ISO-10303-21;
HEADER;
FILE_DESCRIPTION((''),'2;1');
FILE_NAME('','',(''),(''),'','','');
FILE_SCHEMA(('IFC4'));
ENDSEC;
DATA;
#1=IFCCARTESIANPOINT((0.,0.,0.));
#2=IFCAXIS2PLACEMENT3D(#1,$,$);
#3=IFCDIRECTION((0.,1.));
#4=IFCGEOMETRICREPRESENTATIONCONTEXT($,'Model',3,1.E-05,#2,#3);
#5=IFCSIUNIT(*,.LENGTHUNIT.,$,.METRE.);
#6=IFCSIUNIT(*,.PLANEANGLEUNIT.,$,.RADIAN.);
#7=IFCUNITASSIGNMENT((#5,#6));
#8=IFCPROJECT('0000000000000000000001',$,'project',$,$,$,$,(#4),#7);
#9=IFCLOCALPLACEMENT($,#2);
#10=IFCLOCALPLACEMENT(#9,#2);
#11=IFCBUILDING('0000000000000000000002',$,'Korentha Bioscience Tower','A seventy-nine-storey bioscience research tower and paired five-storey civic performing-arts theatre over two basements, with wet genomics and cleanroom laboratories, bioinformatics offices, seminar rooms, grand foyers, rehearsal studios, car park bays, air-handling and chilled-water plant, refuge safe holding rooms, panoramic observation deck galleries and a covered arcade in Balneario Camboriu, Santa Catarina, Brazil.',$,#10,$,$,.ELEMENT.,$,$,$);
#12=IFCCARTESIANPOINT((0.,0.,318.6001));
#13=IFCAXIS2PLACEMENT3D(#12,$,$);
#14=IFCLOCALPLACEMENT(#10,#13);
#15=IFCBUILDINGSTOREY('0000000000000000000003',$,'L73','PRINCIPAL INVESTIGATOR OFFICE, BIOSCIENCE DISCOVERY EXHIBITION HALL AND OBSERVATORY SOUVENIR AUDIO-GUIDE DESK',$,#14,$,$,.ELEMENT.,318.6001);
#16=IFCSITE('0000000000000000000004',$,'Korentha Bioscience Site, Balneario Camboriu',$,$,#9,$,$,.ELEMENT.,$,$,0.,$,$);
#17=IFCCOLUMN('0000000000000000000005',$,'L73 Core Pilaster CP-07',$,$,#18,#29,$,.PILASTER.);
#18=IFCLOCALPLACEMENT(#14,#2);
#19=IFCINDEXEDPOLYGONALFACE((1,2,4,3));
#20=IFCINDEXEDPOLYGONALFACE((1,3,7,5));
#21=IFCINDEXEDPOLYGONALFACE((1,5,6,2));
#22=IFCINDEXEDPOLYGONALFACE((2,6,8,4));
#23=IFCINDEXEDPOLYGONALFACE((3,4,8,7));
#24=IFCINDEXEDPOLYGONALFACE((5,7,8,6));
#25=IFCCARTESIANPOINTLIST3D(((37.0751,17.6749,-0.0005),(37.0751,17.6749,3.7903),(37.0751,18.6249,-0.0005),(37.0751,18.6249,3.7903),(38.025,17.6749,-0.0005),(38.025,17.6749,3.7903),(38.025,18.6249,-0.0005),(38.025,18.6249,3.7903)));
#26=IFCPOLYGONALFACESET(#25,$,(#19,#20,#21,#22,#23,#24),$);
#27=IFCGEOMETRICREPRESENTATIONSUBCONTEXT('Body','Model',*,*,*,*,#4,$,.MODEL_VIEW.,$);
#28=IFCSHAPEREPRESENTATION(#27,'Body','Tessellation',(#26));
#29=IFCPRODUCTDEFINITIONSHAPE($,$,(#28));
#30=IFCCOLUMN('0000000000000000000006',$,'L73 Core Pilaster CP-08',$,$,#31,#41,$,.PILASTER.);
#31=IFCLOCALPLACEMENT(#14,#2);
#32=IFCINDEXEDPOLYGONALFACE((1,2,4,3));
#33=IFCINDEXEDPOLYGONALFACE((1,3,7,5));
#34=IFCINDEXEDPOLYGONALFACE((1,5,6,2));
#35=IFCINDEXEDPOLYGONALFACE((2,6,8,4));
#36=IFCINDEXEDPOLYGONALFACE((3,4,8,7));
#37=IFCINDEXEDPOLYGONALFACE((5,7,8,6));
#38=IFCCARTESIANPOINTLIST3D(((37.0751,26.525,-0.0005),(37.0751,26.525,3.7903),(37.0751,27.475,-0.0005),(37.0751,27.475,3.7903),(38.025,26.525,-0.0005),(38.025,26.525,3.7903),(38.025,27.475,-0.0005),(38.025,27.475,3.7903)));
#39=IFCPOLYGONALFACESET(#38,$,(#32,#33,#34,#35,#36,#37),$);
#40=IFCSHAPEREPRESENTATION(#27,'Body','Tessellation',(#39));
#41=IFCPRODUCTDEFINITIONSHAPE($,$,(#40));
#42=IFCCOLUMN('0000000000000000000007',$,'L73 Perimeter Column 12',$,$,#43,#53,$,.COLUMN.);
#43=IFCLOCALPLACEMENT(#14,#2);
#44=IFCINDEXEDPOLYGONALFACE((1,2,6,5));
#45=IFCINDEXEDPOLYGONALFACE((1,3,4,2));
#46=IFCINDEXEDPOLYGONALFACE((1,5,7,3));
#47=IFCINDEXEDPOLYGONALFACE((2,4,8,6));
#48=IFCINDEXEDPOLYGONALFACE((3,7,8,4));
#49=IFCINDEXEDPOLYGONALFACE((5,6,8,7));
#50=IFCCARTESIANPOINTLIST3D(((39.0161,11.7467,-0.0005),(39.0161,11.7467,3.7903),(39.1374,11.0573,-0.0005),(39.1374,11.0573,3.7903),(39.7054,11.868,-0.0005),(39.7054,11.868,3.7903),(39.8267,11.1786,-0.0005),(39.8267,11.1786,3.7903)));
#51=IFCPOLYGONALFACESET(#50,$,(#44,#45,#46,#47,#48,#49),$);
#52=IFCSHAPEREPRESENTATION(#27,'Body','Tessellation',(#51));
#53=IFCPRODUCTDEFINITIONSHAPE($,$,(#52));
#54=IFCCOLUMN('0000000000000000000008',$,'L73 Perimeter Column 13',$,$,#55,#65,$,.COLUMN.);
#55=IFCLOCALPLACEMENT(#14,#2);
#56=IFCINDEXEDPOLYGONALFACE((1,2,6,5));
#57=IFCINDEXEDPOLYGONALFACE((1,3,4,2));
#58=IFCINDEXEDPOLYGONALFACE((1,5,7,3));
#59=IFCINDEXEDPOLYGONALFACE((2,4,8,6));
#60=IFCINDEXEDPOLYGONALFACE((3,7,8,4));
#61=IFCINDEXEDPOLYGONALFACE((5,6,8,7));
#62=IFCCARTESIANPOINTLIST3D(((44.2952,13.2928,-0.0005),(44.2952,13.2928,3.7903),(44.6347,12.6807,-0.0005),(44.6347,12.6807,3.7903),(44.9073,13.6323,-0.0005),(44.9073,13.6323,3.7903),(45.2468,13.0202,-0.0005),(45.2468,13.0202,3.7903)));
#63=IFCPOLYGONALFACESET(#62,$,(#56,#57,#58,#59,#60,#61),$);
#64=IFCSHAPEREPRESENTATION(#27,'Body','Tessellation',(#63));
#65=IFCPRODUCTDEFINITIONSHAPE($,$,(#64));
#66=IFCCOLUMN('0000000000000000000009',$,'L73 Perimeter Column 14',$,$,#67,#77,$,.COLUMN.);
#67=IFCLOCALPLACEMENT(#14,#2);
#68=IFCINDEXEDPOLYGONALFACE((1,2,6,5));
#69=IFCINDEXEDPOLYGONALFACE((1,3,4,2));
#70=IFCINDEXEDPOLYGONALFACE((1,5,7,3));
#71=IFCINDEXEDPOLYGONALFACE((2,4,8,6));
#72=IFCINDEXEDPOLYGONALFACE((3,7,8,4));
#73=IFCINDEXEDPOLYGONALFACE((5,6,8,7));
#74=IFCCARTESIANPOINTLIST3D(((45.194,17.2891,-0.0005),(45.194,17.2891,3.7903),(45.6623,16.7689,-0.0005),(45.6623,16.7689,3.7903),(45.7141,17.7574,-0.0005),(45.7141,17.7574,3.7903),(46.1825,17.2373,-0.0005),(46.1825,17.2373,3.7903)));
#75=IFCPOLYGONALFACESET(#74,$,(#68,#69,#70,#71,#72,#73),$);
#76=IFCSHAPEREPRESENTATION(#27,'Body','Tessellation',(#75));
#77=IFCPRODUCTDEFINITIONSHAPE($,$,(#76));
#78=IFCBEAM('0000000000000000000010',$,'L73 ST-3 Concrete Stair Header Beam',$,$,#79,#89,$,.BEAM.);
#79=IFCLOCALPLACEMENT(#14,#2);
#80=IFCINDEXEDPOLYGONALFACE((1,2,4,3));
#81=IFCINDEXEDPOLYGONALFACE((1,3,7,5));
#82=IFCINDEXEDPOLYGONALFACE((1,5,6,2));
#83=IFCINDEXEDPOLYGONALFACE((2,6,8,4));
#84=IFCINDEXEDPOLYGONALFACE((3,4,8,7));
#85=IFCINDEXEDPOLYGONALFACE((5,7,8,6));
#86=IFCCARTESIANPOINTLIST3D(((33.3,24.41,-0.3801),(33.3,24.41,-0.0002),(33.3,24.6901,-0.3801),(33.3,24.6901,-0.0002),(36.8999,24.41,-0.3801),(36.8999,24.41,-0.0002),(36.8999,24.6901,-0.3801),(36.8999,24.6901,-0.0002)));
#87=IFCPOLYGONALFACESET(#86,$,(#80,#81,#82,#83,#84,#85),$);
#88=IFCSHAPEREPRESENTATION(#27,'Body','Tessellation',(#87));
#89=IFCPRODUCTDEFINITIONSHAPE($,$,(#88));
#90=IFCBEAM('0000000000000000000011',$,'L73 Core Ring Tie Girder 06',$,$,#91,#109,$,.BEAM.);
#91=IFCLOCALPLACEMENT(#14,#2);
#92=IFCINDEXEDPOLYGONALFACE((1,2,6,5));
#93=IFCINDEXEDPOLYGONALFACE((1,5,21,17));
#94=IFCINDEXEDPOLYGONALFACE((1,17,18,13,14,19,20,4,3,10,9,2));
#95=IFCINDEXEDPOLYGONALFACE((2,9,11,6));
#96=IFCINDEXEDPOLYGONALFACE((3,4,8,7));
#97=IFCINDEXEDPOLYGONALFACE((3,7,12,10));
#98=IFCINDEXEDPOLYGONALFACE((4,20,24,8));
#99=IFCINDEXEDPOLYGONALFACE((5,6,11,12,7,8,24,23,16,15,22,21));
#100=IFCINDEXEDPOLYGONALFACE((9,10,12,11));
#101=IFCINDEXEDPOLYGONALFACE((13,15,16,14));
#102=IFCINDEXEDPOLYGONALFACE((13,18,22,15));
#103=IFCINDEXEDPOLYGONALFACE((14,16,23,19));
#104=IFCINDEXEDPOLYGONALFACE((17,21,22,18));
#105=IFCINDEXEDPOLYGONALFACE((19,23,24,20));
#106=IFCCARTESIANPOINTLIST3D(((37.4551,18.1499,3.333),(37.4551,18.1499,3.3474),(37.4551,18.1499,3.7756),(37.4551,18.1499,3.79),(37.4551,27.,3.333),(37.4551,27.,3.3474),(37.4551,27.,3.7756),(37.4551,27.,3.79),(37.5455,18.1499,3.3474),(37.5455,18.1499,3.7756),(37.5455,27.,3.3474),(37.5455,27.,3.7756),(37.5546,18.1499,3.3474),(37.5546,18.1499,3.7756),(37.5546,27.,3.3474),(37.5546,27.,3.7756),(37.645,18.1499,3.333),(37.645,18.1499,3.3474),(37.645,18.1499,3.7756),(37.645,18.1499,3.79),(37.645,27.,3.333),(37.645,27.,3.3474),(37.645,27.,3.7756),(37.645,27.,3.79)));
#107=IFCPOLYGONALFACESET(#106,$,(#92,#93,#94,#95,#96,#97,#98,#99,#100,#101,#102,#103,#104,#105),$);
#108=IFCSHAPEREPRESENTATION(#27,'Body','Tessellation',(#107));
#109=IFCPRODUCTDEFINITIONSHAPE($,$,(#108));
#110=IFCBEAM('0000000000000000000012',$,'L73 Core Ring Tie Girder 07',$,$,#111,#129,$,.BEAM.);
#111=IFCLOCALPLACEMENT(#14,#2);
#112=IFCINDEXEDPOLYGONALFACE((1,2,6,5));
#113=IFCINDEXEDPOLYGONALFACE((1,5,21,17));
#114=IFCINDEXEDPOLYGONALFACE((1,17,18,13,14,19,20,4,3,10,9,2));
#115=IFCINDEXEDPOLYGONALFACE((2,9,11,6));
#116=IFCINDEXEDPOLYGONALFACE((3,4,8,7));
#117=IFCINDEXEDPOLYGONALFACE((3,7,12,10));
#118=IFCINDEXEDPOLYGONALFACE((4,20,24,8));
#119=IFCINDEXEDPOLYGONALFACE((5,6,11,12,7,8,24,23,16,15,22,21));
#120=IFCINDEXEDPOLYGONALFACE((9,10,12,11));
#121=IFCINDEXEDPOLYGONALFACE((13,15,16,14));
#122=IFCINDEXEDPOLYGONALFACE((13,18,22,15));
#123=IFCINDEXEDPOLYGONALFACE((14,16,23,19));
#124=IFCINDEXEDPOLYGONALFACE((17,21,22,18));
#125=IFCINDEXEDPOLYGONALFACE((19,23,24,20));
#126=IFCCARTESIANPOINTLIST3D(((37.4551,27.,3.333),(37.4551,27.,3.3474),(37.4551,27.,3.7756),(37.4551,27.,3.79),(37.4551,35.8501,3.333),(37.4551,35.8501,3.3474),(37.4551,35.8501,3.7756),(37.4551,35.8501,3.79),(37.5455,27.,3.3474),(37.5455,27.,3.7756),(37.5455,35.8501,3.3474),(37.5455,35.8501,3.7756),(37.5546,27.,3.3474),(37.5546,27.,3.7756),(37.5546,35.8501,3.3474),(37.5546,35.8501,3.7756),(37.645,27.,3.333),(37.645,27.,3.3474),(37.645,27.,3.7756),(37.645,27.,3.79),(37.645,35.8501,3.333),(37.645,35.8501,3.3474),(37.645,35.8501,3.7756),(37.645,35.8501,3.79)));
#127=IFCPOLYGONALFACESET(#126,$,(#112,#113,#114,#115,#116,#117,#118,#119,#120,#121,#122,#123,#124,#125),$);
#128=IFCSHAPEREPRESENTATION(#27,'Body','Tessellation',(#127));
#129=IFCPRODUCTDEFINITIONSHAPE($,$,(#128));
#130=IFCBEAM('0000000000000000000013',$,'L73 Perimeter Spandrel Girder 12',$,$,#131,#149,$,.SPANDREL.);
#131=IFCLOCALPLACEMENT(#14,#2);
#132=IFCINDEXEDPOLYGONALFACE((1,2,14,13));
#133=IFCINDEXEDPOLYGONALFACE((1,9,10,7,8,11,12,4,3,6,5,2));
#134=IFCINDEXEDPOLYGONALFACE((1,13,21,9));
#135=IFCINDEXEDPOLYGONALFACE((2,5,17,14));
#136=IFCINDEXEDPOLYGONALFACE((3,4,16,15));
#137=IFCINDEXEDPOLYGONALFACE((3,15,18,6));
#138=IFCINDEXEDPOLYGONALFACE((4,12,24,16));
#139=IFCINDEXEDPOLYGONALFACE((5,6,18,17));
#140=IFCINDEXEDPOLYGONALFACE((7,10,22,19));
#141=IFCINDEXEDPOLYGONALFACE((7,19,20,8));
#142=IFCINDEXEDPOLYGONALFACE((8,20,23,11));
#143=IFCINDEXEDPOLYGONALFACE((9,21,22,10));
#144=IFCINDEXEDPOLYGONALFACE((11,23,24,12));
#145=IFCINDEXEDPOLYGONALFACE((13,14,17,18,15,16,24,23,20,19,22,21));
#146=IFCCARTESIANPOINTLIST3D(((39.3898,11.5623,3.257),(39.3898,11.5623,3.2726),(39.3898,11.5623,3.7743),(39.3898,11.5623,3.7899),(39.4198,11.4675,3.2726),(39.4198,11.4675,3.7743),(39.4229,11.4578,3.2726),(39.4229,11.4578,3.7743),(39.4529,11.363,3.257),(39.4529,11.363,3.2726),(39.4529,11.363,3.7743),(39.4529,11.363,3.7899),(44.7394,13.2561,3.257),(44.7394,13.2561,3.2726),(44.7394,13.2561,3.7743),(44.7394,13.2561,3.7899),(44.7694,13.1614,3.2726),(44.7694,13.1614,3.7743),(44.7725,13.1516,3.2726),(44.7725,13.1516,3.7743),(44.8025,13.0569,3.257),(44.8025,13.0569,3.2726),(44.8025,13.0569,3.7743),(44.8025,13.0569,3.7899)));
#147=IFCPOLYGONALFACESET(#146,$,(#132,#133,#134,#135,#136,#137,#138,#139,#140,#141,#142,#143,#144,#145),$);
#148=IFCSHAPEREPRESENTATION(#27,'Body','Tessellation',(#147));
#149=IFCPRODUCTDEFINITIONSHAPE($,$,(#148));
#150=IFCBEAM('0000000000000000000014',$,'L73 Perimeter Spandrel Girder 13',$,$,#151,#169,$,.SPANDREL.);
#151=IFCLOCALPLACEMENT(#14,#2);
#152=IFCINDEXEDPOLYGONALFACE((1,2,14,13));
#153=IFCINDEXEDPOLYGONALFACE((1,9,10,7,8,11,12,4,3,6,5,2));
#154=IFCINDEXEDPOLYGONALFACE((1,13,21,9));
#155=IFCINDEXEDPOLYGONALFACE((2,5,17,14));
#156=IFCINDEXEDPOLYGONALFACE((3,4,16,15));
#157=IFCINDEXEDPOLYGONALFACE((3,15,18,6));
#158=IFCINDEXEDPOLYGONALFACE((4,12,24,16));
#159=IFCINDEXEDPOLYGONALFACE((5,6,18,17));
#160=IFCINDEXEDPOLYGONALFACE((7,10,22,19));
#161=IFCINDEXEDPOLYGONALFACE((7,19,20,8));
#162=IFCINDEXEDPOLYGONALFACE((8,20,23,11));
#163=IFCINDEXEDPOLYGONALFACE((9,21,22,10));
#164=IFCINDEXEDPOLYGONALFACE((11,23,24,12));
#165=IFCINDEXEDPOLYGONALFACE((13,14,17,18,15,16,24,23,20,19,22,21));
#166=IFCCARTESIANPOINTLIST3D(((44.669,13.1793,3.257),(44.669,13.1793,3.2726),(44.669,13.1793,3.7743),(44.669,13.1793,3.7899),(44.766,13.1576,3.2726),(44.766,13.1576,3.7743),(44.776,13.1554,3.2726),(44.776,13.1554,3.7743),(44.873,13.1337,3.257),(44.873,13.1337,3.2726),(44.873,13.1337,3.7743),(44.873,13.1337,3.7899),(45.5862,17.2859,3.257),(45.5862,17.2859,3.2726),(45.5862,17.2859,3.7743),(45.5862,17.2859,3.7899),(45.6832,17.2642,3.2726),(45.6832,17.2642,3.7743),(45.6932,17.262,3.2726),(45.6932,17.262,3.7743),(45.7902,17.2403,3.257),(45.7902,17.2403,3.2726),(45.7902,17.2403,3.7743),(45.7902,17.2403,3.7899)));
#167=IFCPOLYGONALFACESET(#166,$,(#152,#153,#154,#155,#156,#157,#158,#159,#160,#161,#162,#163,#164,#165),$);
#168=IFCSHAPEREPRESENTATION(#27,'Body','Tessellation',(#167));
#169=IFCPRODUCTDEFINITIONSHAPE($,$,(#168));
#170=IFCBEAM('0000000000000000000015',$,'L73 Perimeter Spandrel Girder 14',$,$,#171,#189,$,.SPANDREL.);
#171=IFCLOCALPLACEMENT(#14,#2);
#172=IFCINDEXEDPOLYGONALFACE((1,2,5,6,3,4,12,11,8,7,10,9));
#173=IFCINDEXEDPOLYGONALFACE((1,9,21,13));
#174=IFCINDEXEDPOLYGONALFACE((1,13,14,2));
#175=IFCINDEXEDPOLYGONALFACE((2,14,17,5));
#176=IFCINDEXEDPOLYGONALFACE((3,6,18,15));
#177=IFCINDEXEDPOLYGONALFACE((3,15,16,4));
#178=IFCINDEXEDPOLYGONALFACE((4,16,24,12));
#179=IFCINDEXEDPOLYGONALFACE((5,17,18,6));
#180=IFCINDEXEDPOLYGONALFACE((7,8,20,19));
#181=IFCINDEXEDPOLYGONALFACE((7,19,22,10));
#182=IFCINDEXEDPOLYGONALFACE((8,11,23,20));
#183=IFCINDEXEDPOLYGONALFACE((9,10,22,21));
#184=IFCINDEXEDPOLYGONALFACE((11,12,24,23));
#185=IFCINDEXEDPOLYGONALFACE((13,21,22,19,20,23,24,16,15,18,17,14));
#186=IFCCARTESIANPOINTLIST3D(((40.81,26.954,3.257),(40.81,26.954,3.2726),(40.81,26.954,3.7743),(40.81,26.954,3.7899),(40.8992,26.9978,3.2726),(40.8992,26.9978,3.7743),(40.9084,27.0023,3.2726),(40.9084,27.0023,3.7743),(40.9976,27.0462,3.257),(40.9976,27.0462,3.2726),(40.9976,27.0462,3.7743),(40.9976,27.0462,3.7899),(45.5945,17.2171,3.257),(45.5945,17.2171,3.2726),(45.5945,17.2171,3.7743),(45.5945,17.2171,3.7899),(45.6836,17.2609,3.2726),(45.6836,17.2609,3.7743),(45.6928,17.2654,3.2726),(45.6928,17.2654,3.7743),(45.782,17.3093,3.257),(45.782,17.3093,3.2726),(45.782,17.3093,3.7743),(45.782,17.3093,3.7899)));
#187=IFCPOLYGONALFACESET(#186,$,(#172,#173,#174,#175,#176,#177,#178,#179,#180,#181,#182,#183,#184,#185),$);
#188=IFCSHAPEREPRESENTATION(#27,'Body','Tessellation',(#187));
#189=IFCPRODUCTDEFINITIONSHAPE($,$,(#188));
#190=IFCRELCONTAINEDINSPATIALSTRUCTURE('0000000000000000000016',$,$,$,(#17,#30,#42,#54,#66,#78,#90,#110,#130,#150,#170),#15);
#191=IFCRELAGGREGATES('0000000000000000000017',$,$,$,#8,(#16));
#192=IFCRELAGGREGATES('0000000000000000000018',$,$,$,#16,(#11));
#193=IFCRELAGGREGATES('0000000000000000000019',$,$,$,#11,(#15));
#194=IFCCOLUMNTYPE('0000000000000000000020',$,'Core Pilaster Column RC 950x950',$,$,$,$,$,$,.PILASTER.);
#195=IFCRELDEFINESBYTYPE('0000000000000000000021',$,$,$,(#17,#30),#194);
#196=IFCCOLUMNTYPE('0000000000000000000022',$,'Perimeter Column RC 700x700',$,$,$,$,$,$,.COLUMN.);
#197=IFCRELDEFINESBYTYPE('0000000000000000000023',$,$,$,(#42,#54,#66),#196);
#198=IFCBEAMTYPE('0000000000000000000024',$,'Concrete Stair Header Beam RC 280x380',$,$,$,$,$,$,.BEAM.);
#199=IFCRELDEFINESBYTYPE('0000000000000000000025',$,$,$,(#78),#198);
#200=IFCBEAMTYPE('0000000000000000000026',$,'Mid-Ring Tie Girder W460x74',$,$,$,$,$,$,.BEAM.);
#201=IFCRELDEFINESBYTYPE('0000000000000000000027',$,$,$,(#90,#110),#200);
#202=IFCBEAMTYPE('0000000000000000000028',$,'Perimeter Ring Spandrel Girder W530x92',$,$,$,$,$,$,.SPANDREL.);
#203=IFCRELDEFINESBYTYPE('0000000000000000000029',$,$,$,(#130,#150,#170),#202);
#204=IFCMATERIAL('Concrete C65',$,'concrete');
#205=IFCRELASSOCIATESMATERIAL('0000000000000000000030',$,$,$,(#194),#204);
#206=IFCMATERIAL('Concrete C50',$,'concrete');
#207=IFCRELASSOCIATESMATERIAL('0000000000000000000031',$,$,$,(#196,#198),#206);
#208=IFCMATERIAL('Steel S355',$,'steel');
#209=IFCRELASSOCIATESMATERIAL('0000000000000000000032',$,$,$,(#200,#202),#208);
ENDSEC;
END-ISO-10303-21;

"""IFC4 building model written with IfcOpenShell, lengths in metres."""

from ifc_helpers import new_model, si_unit, direction, frame, origin, origin_2d, place, context, subcontext, project, spatial, rectangle, i_section, extrude, material, material_profile, profile_set, type_object, element, save


model = new_model("IFC4")

# Units and contexts
model_context = context("Model", 3, precision=1e-05, world=origin(), true_north=direction((0.0, 1.0)))
body_context = subcontext(model_context, "Body", "Model", "MODEL_VIEW")
ifc_project = project(units=[si_unit("LENGTHUNIT", "METRE"), si_unit("PLANEANGLEUNIT", "RADIAN")], contexts=[model_context])

# Site, building, storey
site_placement = place(None, origin())
site = spatial("IfcSite", under=ifc_project, at=site_placement, Name="Korentha Bioscience Site, Balneario Camboriu", CompositionType="ELEMENT", RefElevation=0.0)
building_placement = place(site_placement, origin())
building = spatial("IfcBuilding", under=site, at=building_placement, Name="Korentha Bioscience Tower", Description="A seventy-nine-storey bioscience research tower and paired five-storey civic performing-arts theatre over two basements, with wet genomics and cleanroom laboratories, bioinformatics offices, seminar rooms, grand foyers, rehearsal studios, car park bays, air-handling and chilled-water plant, refuge safe holding rooms, panoramic observation deck galleries and a covered arcade in Balneario Camboriu, Santa Catarina, Brazil.", CompositionType="ELEMENT")
storey_placement = place(building_placement, frame((0.0, 0.0, 318.6001)))
storey = spatial("IfcBuildingStorey", under=building, at=storey_placement, Name="L73", Description="PRINCIPAL INVESTIGATOR OFFICE, BIOSCIENCE DISCOVERY EXHIBITION HALL AND OBSERVATORY SOUVENIR AUDIO-GUIDE DESK", CompositionType="ELEMENT", Elevation=318.6001)

# Columns
ifc_material_1 = material(Name="Concrete C65", Category="concrete")
ifc_material_profile_1 = material_profile(ifc_material_1, rectangle(XDim=0.95, YDim=0.95, at=origin_2d()), Name="Concrete C65")
ifc_profile_set_1 = profile_set([ifc_material_profile_1], Name="Concrete C65 (COL-CP09)")
column_type_1 = type_object("IfcColumnType", Name="Core Pilaster Column RC 950x950", PredefinedType="PILASTER", material=ifc_profile_set_1)
for number, where, z_axis, x_axis, name in (
    (1, (37.55, 18.1499, -0.0005), (0.0, 0.0, 1.0), (1.0, 0.0, 0.0), "L73 Core Pilaster CP-07"),
    (2, (37.55, 27.0, -0.0005), (0.0, 0.0, 1.0), (1.0, 0.0, 0.0), "L73 Core Pilaster CP-08"),
):
    element("IfcColumn", number, at=place(storey_placement, frame(where, z_axis=z_axis, x_axis=x_axis)), inside=storey, type_object=column_type_1, Name=name, PredefinedType="PILASTER", context=body_context, shape_type="SweptSolid", body=[
        extrude(rectangle(XDim=0.95, YDim=0.95, at=origin_2d()), origin(), (0.0, 0.0, 1.0), 3.7908),
    ])
ifc_material_2 = material(Name="Concrete C50", Category="concrete")
ifc_material_profile_2 = material_profile(ifc_material_2, rectangle(XDim=0.7, YDim=0.7, at=origin_2d()), Name="Concrete C50")
ifc_profile_set_2 = profile_set([ifc_material_profile_2], Name="Concrete C50 (COL-P07)")
column_type_2 = type_object("IfcColumnType", Name="Perimeter Column RC 700x700", PredefinedType="COLUMN", material=ifc_profile_set_2)
for number, where, z_axis, x_axis, name in (
    (3, (39.4214, 11.4626, -0.0005), (0.0, 0.0, 1.0), (0.984868, 0.173304, 0.0), "L73 Perimeter Column 12"),
    (4, (44.771, 13.1565, -0.0005), (0.0, 0.0, 1.0), (0.874535, 0.484962, 0.0), "L73 Perimeter Column 13"),
    (5, (45.6882, 17.2632, -0.0005), (0.0, 0.0, 1.0), (-0.669131, 0.743145, 0.0), "L73 Perimeter Column 14"),
):
    element("IfcColumn", number, at=place(storey_placement, frame(where, z_axis=z_axis, x_axis=x_axis)), inside=storey, type_object=column_type_2, Name=name, PredefinedType="COLUMN", context=body_context, shape_type="SweptSolid", body=[
        extrude(rectangle(XDim=0.7, YDim=0.7, at=origin_2d()), origin(), (0.0, 0.0, 1.0), 3.7908),
    ])

# Beams
ifc_material_profile_3 = material_profile(ifc_material_2, rectangle(XDim=0.28, YDim=0.3799, at=origin_2d()), Name="Concrete C50")
ifc_profile_set_3 = profile_set([ifc_material_profile_3], Name="Concrete C50 (ST-HB380)")
beam_type_1 = type_object("IfcBeamType", Name="Concrete Stair Header Beam RC 280x380", PredefinedType="BEAM", material=ifc_profile_set_3)
beam_1_placement = place(storey_placement, frame((36.8999, 24.55, -0.1902), z_axis=(-1.0, 0.0, 0.0), x_axis=(0.0, -1.0, 0.0)))
element("IfcBeam", 6, at=beam_1_placement, inside=storey, type_object=beam_type_1, Name="L73 ST-3 Concrete Stair Header Beam", PredefinedType="BEAM", context=body_context, shape_type="SweptSolid", body=[
    extrude(rectangle(XDim=0.28, YDim=0.3799, at=origin_2d()), origin(), (0.0, 0.0, 1.0), 3.5999),
])
ifc_material_3 = material(Name="Steel S355", Category="steel")
ifc_material_profile_4 = material_profile(ifc_material_3, i_section(OverallWidth=0.1899, OverallDepth=0.457, WebThickness=0.009, FlangeThickness=0.0144, at=origin_2d()), Name="Steel S355")
ifc_profile_set_4 = profile_set([ifc_material_profile_4], Name="Steel S355 (MB-460)")
beam_type_2 = type_object("IfcBeamType", Name="Mid-Ring Tie Girder W460x74", PredefinedType="BEAM", material=ifc_profile_set_4)
for number, where, z_axis, x_axis, name in (
    (7, (37.55, 18.1499, 3.5615), (0.0, 1.0, 0.0), (-1.0, 0.0, 0.0), "L73 Core Ring Tie Girder 06"),
    (8, (37.55, 27.0, 3.5615), (0.0, 1.0, 0.0), (-1.0, 0.0, 0.0), "L73 Core Ring Tie Girder 07"),
):
    element("IfcBeam", number, at=place(storey_placement, frame(where, z_axis=z_axis, x_axis=x_axis)), inside=storey, type_object=beam_type_2, Name=name, PredefinedType="BEAM", context=body_context, shape_type="SweptSolid", body=[
        extrude(i_section(OverallWidth=0.1899, OverallDepth=0.457, WebThickness=0.009, FlangeThickness=0.0144, at=origin_2d()), origin(), (0.0, 0.0, 1.0), 8.8501),
    ])
ifc_material_profile_5 = material_profile(ifc_material_3, i_section(OverallWidth=0.209, OverallDepth=0.533, WebThickness=0.0103, FlangeThickness=0.0156, at=origin_2d()), Name="Steel S355")
ifc_profile_set_5 = profile_set([ifc_material_profile_5], Name="Steel S355 (SB-530)")
beam_type_3 = type_object("IfcBeamType", Name="Perimeter Ring Spandrel Girder W530x92", PredefinedType="SPANDREL", material=ifc_profile_set_5)
beam_2_placement = place(storey_placement, frame((39.4214, 11.4626, 3.5234), z_axis=(0.953352, 0.30186, 0.0), x_axis=(-0.30186, 0.953352, 0.0)))
element("IfcBeam", 9, at=beam_2_placement, inside=storey, type_object=beam_type_3, Name="L73 Perimeter Spandrel Girder 12", PredefinedType="SPANDREL", context=body_context, shape_type="SweptSolid", body=[
    extrude(i_section(OverallWidth=0.209, OverallDepth=0.533, WebThickness=0.0103, FlangeThickness=0.0156, at=origin_2d()), origin(), (0.0, 0.0, 1.0), 5.6113),
])
beam_3_placement = place(storey_placement, frame((44.771, 13.1565, 3.5234), z_axis=(0.217981, 0.975953, 0.0), x_axis=(-0.975953, 0.217981, 0.0)))
element("IfcBeam", 10, at=beam_3_placement, inside=storey, type_object=beam_type_3, Name="L73 Perimeter Spandrel Girder 13", PredefinedType="SPANDREL", context=body_context, shape_type="SweptSolid", body=[
    extrude(i_section(OverallWidth=0.209, OverallDepth=0.533, WebThickness=0.0103, FlangeThickness=0.0156, at=origin_2d()), origin(), (0.0, 0.0, 1.0), 4.2078),
])
beam_4_placement = place(storey_placement, frame((45.6882, 17.2632, 3.5234), z_axis=(-0.44101, 0.897502, 0.0), x_axis=(-0.897502, -0.44101, 0.0)))
element("IfcBeam", 11, at=beam_4_placement, inside=storey, type_object=beam_type_3, Name="L73 Perimeter Spandrel Girder 14", PredefinedType="SPANDREL", context=body_context, shape_type="SweptSolid", body=[
    extrude(i_section(OverallWidth=0.209, OverallDepth=0.533, WebThickness=0.0103, FlangeThickness=0.0156, at=origin_2d()), origin(), (0.0, 0.0, 1.0), 10.8489),
])

save(model, "model.ifc")
